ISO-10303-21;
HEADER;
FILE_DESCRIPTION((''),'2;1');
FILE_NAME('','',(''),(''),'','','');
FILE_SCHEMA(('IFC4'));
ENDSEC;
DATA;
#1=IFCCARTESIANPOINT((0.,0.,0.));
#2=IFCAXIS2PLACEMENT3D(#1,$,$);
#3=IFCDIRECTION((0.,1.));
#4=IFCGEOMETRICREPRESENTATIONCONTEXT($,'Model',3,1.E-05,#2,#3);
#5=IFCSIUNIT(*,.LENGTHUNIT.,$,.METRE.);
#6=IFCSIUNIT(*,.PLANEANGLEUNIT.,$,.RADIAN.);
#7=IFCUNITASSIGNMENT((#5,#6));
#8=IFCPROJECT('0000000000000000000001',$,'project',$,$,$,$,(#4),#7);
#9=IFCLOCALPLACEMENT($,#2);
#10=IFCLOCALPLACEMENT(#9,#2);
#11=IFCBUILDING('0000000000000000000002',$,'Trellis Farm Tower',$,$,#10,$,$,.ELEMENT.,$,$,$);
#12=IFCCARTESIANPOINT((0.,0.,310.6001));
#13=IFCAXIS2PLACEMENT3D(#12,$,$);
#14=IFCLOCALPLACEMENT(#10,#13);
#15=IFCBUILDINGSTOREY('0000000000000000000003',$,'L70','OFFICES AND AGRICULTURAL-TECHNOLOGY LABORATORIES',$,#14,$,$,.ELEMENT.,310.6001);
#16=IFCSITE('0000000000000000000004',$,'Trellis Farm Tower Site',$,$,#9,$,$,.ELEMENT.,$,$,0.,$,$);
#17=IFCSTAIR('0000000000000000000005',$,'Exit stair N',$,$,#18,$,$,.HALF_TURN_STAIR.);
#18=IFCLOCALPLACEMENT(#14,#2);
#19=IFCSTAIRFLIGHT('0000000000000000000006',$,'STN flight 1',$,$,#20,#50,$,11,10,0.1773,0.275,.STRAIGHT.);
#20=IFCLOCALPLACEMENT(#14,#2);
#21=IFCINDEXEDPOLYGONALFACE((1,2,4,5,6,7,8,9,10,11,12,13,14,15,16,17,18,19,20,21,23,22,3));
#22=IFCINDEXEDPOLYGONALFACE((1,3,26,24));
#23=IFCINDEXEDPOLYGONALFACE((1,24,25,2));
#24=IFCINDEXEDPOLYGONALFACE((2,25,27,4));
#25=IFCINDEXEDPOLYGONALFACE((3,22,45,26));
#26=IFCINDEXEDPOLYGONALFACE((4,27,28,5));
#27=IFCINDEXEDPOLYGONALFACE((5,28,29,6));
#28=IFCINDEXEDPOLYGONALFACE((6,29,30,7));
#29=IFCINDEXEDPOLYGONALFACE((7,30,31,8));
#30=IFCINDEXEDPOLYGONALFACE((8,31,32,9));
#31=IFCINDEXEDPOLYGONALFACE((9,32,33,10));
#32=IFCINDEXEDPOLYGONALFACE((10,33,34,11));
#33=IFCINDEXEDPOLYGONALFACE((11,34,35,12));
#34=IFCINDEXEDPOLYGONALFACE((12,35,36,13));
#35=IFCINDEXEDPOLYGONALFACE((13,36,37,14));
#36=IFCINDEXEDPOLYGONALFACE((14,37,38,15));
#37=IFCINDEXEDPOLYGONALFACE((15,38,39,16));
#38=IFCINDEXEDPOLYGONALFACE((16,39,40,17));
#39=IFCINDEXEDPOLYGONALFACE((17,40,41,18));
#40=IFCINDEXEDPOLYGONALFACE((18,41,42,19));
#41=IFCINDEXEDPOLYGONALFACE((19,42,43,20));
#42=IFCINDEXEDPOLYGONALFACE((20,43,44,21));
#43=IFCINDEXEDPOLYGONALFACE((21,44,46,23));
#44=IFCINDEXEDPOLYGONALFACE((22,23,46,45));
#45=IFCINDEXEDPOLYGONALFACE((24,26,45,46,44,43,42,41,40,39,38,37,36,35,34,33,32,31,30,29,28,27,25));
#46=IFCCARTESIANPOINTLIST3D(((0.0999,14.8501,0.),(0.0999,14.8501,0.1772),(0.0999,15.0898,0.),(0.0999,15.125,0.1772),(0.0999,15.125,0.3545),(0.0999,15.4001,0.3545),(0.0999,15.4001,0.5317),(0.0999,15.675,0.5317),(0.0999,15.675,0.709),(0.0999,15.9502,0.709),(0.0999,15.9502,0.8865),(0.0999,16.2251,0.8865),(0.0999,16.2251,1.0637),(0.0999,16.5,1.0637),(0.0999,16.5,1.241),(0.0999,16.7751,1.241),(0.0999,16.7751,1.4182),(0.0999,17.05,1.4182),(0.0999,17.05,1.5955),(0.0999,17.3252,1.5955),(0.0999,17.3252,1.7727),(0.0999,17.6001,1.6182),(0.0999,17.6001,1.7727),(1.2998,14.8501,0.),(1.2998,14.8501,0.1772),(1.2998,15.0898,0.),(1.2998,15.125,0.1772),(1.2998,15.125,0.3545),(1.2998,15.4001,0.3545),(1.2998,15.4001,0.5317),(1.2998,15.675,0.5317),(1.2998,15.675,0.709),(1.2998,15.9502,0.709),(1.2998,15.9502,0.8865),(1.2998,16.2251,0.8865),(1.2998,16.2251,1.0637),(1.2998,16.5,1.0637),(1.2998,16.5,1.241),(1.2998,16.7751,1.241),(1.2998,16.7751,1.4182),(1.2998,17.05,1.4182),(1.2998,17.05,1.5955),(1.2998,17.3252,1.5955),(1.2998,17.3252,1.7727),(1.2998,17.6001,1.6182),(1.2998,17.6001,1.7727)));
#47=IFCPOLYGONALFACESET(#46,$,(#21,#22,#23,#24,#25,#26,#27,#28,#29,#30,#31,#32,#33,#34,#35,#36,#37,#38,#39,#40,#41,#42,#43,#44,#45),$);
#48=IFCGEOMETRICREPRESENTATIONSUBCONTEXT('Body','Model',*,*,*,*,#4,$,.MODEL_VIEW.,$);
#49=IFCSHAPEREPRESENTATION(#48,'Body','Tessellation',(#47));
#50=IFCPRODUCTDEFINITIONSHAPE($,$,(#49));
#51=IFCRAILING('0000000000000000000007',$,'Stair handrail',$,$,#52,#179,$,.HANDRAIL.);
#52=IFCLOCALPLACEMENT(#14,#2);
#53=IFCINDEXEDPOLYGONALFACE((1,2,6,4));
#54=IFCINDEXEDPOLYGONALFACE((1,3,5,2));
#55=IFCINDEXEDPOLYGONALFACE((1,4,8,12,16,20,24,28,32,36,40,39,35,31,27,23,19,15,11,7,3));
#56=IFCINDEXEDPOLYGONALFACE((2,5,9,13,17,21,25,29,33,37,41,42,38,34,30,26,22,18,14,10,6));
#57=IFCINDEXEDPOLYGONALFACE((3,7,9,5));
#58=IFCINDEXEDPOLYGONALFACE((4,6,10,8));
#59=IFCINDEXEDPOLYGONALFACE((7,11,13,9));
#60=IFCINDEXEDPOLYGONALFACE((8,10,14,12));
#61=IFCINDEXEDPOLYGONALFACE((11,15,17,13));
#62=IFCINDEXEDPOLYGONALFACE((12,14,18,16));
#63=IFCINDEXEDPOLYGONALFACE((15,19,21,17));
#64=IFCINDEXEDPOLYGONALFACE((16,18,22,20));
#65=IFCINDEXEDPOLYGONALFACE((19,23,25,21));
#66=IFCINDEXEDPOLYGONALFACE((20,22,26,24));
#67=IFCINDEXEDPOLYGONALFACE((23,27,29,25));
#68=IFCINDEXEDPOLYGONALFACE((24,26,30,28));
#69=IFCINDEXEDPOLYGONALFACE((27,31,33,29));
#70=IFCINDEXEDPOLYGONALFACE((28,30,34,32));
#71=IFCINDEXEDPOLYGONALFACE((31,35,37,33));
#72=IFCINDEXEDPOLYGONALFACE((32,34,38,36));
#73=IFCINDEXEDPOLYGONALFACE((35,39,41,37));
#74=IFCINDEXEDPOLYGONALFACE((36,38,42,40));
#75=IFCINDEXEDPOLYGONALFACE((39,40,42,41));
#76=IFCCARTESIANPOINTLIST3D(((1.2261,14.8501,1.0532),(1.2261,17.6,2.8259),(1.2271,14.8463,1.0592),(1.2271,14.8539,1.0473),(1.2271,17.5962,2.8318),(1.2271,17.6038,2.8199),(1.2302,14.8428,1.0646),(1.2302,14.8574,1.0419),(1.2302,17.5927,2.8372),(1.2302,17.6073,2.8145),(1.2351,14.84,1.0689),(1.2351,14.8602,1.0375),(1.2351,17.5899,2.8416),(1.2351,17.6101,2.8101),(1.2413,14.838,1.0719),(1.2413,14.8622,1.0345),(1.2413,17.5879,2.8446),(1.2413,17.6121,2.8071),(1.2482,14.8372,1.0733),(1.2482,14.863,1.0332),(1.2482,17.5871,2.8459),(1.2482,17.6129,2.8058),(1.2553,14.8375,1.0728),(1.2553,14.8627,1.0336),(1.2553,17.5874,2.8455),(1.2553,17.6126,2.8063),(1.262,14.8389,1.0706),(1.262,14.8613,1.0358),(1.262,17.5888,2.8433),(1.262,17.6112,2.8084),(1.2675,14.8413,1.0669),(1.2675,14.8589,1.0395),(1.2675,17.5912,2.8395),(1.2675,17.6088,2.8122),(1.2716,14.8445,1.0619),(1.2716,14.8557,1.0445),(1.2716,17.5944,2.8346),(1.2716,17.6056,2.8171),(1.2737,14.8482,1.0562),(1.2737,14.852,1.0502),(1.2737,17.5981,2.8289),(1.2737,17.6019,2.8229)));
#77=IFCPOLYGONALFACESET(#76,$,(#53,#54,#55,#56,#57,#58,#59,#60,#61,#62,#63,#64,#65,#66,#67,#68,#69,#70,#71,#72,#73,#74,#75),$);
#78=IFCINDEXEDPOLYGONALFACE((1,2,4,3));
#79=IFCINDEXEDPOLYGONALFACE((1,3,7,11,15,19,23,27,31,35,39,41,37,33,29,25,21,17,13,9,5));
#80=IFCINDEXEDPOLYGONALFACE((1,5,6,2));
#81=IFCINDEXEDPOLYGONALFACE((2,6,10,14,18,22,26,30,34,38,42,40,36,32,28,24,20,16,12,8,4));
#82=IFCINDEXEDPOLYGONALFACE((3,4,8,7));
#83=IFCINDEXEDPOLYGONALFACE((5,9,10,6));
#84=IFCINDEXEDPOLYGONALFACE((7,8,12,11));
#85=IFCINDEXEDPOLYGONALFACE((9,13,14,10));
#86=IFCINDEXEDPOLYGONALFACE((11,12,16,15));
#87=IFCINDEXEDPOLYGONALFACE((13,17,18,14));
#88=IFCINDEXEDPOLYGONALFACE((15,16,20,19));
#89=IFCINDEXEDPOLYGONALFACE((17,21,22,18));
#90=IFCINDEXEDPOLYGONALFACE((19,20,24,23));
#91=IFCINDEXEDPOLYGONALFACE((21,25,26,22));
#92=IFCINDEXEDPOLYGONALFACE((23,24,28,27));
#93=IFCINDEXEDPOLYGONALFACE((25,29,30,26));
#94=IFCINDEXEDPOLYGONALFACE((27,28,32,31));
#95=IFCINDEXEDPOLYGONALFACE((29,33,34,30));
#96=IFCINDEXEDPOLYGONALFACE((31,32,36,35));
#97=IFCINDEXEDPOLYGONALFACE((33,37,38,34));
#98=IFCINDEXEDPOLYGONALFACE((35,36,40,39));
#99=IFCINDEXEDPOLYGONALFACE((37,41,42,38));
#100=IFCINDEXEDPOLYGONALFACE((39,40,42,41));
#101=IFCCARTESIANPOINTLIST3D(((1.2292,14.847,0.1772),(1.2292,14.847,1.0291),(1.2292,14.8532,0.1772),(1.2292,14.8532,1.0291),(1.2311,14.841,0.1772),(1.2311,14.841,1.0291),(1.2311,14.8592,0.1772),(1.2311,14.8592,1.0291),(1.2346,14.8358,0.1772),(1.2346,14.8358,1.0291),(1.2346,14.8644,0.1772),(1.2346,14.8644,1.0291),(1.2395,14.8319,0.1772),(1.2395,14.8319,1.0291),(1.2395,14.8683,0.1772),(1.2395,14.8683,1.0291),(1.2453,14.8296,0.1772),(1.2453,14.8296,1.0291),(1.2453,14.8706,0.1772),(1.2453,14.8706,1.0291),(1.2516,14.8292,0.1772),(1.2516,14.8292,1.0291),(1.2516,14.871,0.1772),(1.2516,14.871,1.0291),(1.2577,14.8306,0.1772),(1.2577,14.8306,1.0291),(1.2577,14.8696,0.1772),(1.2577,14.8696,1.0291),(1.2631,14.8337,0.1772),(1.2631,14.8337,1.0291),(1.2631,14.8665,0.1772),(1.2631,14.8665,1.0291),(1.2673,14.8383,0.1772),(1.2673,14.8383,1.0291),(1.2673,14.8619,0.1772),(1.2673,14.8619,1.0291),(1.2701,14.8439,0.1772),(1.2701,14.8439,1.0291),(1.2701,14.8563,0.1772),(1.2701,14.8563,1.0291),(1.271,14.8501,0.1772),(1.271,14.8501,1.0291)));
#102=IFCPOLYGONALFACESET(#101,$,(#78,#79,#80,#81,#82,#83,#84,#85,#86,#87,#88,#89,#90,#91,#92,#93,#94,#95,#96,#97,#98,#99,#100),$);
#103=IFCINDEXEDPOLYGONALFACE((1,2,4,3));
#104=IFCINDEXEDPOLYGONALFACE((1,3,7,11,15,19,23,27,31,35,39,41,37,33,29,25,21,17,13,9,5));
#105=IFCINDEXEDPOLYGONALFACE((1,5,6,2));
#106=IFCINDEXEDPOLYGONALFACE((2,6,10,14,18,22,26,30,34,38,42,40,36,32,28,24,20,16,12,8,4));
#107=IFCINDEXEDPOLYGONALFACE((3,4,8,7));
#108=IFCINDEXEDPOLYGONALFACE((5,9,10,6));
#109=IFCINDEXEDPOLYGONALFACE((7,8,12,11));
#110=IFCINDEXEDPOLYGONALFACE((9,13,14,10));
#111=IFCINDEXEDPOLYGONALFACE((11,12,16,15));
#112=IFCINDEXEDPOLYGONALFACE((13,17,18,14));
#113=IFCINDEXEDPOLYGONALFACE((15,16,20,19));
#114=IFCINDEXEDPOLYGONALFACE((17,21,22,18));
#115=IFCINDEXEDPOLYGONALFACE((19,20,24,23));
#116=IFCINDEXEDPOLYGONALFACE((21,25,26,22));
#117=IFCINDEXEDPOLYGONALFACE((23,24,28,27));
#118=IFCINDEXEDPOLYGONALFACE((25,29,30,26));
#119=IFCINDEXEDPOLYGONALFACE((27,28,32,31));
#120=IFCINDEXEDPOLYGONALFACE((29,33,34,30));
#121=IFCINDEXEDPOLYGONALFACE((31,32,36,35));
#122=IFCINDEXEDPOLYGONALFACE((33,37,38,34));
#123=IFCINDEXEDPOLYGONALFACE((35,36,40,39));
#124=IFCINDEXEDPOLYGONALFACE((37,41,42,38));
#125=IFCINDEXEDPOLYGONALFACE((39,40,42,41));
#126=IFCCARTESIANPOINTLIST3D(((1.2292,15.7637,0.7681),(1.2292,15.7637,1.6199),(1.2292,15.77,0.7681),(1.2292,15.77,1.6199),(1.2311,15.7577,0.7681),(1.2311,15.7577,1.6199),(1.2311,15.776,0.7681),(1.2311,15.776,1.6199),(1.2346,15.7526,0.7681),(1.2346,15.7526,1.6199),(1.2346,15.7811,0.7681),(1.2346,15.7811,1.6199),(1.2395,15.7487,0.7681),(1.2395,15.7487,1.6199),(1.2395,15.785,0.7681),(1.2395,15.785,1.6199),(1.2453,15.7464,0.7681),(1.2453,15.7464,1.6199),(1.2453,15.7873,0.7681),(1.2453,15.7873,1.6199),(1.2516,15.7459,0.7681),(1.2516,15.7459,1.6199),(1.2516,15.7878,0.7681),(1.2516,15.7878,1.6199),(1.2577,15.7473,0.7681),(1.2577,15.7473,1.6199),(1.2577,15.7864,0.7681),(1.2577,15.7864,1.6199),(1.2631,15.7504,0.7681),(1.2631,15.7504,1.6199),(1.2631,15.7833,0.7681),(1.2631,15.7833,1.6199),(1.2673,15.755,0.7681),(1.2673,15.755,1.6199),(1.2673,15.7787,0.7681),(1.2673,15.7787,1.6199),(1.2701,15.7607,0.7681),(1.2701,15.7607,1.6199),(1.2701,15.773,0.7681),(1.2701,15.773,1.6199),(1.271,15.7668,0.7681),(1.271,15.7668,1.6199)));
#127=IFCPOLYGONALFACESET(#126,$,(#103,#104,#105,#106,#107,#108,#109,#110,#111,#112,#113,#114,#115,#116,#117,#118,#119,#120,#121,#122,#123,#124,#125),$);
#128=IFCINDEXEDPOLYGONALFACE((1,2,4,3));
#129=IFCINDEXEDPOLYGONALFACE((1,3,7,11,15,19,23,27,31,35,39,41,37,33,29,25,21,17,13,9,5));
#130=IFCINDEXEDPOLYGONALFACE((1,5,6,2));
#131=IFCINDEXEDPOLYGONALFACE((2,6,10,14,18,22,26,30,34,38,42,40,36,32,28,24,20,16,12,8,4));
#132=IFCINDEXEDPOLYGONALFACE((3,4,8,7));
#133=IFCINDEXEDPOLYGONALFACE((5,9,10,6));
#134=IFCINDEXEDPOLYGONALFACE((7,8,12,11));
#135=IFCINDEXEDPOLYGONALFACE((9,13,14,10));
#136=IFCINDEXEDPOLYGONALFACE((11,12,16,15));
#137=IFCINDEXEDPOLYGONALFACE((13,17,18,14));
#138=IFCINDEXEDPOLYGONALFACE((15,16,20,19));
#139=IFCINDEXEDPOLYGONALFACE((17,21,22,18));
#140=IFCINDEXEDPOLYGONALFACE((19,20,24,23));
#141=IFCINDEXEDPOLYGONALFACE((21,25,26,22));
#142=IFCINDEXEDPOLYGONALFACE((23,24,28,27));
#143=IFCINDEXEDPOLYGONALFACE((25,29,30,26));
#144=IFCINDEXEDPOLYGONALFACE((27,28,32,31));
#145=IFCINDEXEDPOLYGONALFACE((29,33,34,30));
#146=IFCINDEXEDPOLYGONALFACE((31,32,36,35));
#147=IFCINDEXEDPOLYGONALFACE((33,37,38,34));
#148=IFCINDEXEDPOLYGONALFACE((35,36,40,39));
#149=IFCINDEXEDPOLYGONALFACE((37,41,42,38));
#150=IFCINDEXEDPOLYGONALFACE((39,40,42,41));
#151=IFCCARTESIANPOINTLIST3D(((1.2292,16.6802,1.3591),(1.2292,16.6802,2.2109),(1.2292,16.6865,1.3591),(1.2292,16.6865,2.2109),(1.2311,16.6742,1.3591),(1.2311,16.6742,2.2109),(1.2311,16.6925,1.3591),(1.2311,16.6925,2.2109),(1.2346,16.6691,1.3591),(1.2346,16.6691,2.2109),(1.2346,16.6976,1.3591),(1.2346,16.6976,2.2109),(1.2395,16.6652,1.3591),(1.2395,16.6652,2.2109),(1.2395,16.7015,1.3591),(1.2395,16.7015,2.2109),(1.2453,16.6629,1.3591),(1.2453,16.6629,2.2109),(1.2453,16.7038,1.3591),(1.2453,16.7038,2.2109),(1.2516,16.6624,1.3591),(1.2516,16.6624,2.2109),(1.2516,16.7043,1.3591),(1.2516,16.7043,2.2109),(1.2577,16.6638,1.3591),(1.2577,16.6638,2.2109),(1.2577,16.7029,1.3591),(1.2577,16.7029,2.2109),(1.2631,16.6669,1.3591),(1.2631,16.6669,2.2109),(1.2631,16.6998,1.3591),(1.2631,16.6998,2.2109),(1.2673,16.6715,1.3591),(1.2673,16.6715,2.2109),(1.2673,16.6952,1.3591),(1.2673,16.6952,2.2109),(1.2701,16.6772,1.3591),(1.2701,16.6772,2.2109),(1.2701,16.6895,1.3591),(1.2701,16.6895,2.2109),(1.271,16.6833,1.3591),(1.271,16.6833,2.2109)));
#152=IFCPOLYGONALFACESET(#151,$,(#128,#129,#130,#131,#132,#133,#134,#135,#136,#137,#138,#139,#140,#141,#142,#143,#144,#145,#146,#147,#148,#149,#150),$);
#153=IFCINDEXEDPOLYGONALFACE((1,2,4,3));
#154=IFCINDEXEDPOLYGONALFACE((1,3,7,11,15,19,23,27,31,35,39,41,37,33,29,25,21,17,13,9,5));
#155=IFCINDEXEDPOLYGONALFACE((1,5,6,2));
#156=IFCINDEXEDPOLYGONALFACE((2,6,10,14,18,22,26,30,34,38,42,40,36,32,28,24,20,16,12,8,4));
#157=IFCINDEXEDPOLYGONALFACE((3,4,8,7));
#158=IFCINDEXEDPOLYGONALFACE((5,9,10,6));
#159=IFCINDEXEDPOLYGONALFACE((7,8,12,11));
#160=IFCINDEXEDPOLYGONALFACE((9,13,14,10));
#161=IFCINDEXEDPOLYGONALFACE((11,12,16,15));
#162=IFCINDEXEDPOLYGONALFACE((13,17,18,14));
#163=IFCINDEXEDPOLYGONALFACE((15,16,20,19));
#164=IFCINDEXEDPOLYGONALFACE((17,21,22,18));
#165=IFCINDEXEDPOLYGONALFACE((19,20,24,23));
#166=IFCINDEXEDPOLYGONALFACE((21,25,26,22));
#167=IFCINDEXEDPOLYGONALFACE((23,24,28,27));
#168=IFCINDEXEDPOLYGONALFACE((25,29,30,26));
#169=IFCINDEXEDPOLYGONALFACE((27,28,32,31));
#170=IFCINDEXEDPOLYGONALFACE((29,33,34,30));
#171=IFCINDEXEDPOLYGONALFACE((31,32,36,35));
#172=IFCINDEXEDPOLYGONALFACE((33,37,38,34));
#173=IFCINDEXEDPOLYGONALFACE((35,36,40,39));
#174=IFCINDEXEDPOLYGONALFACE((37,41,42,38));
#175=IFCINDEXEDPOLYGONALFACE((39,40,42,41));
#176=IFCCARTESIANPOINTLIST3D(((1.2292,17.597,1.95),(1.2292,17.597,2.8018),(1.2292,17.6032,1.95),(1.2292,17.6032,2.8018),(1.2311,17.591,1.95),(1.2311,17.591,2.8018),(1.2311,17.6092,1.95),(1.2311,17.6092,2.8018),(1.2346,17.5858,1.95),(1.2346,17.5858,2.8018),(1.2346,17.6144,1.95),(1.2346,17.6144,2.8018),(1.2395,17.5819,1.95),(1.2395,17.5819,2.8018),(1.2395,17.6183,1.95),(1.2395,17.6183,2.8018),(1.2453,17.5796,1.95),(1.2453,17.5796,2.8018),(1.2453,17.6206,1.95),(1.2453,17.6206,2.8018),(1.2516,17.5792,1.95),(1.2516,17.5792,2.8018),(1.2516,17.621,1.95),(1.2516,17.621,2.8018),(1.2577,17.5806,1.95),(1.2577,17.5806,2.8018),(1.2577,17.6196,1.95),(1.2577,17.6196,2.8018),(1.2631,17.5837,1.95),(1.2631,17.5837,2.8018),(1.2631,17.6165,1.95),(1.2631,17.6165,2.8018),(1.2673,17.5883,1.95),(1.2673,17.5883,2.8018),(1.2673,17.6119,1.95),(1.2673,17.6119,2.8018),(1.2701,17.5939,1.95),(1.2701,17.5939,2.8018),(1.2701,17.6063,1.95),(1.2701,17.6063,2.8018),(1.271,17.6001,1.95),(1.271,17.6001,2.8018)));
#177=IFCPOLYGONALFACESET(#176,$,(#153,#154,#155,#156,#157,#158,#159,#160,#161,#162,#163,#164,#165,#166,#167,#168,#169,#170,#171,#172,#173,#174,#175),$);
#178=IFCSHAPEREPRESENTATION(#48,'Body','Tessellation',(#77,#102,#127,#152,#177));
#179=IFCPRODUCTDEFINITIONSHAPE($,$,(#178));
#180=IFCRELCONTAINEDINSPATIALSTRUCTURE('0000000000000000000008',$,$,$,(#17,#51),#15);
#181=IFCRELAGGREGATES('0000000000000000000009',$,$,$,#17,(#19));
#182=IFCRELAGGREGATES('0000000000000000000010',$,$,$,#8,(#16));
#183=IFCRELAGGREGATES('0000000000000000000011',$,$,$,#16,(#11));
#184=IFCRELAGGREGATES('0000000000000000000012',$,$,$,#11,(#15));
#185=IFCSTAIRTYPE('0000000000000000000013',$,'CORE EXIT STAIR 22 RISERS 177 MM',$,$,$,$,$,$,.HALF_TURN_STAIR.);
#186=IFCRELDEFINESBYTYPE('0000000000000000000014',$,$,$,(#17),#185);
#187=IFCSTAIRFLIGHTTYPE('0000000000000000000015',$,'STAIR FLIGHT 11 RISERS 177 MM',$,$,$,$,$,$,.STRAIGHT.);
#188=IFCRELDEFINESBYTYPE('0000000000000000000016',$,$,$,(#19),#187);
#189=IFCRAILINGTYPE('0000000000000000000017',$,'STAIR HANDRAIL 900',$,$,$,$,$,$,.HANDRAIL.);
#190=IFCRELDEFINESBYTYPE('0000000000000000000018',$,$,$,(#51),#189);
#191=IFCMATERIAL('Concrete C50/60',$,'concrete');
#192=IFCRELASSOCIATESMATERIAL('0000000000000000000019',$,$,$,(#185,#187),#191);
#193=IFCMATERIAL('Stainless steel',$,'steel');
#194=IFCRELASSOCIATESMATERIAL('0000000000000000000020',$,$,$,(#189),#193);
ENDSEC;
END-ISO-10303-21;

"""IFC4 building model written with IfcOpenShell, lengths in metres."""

from ifc_helpers import new_model, si_unit, direction, frame, origin, origin_2d, place, context, subcontext, project, spatial, polyline, circle, outline, extrude, source, transform, mapped, material, type_object, element, aggregate, save


model = new_model("IFC4")

# Units and contexts
model_context = context("Model", 3, precision=1e-05, world=origin(), true_north=direction((0.0, 1.0)))
body_context = subcontext(model_context, "Body", "Model", "MODEL_VIEW")
ifc_project = project(units=[si_unit("LENGTHUNIT", "METRE"), si_unit("PLANEANGLEUNIT", "RADIAN")], contexts=[model_context])

# Site, building, storey
site_placement = place(None, origin())
site = spatial("IfcSite", under=ifc_project, at=site_placement, Name="Trellis Farm Tower Site", CompositionType="ELEMENT", RefElevation=0.0)
building_placement = place(site_placement, origin())
building = spatial("IfcBuilding", under=site, at=building_placement, Name="Trellis Farm Tower", CompositionType="ELEMENT")
storey_placement = place(building_placement, frame((0.0, 0.0, 310.6001)))
storey = spatial("IfcBuildingStorey", under=building, at=storey_placement, Name="L70", Description="OFFICES AND AGRICULTURAL-TECHNOLOGY LABORATORIES", CompositionType="ELEMENT", Elevation=310.6001)

# Shared definitions
placement_1 = place(storey_placement, origin())

# Shared definitions
ifc_material_1 = material(Name="Concrete C50/60", Category="concrete")

# Stair, stair flight
stair_type = type_object("IfcStairType", Name="CORE EXIT STAIR 22 RISERS 177 MM", PredefinedType="HALF_TURN_STAIR", material=ifc_material_1)
stair = element("IfcStair", 1, at=placement_1, inside=storey, type_object=stair_type, Name="Exit stair N", PredefinedType="HALF_TURN_STAIR")
stair_flight_type = type_object("IfcStairFlightType", Name="STAIR FLIGHT 11 RISERS 177 MM", PredefinedType="STRAIGHT", material=ifc_material_1)
shared_shape_1 = source(origin(), body_context, "Body", "SweptSolid", [
    extrude(outline(polyline([(0.0, 0.0), (0.0, 0.1772), (0.2749, 0.1772), (0.2749, 0.3545), (0.55, 0.3545), (0.55, 0.5317), (0.825, 0.5317), (0.825, 0.709), (1.1001, 0.709), (1.1001, 0.8865), (1.375, 0.8865), (1.375, 1.0637), (1.6499, 1.0637), (1.6499, 1.241), (1.925, 1.241), (1.925, 1.4182), (2.2, 1.4182), (2.2, 1.5955), (2.4751, 1.5955), (2.4751, 1.7727), (2.75, 1.7727), (2.75, 1.95), (2.75, 1.6182), (0.2397, 0.0), (0.0, 0.0)])), frame((0.0, 0.6001, 0.0), z_axis=(0.0, -1.0, 0.0), x_axis=(1.0, 0.0, 0.0)), (0.0, 0.0, 1.0), 1.2),
])
stair_flight_placement = place(storey_placement, frame((0.7, 14.8501, 0.0), z_axis=(0.0, 0.0, 1.0), x_axis=(0.0, 1.0, 0.0)))
stair_flight = element("IfcStairFlight", 2, at=stair_flight_placement, type_object=stair_flight_type, Name="STN flight 1", NumberOfRisers=11, NumberOfTreads=10, PredefinedType="STRAIGHT", RiserHeight=0.1773, TreadLength=0.275, context=body_context, shape_type="MappedRepresentation", body=[
    mapped(shared_shape_1, transform((0.0, 0.0, 0.0))),
])
aggregate(stair, [stair_flight])

# Railing
ifc_material_2 = material(Name="Stainless steel", Category="steel")
railing_type = type_object("IfcRailingType", Name="STAIR HANDRAIL 900", PredefinedType="HANDRAIL", material=ifc_material_2)
shared_shape_2 = source(origin(), body_context, "Body", "SweptSolid", [
    extrude(circle(Radius=0.0239, at=origin_2d()), frame((0.0, 0.0, 0.876), z_axis=(0.0, 0.840504, 0.541806), x_axis=(-1.0, 0.0, 0.0)), (0.0, 0.0, 1.0), 3.2717),
    extrude(circle(Radius=0.021, at=origin_2d()), origin(), (0.0, 0.0, 1.0), 0.8518),
    extrude(circle(Radius=0.021, at=origin_2d()), frame((0.0, 0.9167, 0.5908)), (0.0, 0.0, 1.0), 0.8518),
    extrude(circle(Radius=0.021, at=origin_2d()), frame((0.0, 1.8333, 1.1819)), (0.0, 0.0, 1.0), 0.8518),
    extrude(circle(Radius=0.021, at=origin_2d()), frame((0.0, 2.75, 1.7727)), (0.0, 0.0, 1.0), 0.8518),
])
railing_placement = place(storey_placement, frame((1.25, 14.8501, 0.1772)))
element("IfcRailing", 3, at=railing_placement, inside=storey, type_object=railing_type, Name="Stair handrail", PredefinedType="HANDRAIL", context=body_context, shape_type="MappedRepresentation", body=[
    mapped(shared_shape_2, transform((0.0, 0.0, 0.0))),
])

save(model, "model.ifc")
